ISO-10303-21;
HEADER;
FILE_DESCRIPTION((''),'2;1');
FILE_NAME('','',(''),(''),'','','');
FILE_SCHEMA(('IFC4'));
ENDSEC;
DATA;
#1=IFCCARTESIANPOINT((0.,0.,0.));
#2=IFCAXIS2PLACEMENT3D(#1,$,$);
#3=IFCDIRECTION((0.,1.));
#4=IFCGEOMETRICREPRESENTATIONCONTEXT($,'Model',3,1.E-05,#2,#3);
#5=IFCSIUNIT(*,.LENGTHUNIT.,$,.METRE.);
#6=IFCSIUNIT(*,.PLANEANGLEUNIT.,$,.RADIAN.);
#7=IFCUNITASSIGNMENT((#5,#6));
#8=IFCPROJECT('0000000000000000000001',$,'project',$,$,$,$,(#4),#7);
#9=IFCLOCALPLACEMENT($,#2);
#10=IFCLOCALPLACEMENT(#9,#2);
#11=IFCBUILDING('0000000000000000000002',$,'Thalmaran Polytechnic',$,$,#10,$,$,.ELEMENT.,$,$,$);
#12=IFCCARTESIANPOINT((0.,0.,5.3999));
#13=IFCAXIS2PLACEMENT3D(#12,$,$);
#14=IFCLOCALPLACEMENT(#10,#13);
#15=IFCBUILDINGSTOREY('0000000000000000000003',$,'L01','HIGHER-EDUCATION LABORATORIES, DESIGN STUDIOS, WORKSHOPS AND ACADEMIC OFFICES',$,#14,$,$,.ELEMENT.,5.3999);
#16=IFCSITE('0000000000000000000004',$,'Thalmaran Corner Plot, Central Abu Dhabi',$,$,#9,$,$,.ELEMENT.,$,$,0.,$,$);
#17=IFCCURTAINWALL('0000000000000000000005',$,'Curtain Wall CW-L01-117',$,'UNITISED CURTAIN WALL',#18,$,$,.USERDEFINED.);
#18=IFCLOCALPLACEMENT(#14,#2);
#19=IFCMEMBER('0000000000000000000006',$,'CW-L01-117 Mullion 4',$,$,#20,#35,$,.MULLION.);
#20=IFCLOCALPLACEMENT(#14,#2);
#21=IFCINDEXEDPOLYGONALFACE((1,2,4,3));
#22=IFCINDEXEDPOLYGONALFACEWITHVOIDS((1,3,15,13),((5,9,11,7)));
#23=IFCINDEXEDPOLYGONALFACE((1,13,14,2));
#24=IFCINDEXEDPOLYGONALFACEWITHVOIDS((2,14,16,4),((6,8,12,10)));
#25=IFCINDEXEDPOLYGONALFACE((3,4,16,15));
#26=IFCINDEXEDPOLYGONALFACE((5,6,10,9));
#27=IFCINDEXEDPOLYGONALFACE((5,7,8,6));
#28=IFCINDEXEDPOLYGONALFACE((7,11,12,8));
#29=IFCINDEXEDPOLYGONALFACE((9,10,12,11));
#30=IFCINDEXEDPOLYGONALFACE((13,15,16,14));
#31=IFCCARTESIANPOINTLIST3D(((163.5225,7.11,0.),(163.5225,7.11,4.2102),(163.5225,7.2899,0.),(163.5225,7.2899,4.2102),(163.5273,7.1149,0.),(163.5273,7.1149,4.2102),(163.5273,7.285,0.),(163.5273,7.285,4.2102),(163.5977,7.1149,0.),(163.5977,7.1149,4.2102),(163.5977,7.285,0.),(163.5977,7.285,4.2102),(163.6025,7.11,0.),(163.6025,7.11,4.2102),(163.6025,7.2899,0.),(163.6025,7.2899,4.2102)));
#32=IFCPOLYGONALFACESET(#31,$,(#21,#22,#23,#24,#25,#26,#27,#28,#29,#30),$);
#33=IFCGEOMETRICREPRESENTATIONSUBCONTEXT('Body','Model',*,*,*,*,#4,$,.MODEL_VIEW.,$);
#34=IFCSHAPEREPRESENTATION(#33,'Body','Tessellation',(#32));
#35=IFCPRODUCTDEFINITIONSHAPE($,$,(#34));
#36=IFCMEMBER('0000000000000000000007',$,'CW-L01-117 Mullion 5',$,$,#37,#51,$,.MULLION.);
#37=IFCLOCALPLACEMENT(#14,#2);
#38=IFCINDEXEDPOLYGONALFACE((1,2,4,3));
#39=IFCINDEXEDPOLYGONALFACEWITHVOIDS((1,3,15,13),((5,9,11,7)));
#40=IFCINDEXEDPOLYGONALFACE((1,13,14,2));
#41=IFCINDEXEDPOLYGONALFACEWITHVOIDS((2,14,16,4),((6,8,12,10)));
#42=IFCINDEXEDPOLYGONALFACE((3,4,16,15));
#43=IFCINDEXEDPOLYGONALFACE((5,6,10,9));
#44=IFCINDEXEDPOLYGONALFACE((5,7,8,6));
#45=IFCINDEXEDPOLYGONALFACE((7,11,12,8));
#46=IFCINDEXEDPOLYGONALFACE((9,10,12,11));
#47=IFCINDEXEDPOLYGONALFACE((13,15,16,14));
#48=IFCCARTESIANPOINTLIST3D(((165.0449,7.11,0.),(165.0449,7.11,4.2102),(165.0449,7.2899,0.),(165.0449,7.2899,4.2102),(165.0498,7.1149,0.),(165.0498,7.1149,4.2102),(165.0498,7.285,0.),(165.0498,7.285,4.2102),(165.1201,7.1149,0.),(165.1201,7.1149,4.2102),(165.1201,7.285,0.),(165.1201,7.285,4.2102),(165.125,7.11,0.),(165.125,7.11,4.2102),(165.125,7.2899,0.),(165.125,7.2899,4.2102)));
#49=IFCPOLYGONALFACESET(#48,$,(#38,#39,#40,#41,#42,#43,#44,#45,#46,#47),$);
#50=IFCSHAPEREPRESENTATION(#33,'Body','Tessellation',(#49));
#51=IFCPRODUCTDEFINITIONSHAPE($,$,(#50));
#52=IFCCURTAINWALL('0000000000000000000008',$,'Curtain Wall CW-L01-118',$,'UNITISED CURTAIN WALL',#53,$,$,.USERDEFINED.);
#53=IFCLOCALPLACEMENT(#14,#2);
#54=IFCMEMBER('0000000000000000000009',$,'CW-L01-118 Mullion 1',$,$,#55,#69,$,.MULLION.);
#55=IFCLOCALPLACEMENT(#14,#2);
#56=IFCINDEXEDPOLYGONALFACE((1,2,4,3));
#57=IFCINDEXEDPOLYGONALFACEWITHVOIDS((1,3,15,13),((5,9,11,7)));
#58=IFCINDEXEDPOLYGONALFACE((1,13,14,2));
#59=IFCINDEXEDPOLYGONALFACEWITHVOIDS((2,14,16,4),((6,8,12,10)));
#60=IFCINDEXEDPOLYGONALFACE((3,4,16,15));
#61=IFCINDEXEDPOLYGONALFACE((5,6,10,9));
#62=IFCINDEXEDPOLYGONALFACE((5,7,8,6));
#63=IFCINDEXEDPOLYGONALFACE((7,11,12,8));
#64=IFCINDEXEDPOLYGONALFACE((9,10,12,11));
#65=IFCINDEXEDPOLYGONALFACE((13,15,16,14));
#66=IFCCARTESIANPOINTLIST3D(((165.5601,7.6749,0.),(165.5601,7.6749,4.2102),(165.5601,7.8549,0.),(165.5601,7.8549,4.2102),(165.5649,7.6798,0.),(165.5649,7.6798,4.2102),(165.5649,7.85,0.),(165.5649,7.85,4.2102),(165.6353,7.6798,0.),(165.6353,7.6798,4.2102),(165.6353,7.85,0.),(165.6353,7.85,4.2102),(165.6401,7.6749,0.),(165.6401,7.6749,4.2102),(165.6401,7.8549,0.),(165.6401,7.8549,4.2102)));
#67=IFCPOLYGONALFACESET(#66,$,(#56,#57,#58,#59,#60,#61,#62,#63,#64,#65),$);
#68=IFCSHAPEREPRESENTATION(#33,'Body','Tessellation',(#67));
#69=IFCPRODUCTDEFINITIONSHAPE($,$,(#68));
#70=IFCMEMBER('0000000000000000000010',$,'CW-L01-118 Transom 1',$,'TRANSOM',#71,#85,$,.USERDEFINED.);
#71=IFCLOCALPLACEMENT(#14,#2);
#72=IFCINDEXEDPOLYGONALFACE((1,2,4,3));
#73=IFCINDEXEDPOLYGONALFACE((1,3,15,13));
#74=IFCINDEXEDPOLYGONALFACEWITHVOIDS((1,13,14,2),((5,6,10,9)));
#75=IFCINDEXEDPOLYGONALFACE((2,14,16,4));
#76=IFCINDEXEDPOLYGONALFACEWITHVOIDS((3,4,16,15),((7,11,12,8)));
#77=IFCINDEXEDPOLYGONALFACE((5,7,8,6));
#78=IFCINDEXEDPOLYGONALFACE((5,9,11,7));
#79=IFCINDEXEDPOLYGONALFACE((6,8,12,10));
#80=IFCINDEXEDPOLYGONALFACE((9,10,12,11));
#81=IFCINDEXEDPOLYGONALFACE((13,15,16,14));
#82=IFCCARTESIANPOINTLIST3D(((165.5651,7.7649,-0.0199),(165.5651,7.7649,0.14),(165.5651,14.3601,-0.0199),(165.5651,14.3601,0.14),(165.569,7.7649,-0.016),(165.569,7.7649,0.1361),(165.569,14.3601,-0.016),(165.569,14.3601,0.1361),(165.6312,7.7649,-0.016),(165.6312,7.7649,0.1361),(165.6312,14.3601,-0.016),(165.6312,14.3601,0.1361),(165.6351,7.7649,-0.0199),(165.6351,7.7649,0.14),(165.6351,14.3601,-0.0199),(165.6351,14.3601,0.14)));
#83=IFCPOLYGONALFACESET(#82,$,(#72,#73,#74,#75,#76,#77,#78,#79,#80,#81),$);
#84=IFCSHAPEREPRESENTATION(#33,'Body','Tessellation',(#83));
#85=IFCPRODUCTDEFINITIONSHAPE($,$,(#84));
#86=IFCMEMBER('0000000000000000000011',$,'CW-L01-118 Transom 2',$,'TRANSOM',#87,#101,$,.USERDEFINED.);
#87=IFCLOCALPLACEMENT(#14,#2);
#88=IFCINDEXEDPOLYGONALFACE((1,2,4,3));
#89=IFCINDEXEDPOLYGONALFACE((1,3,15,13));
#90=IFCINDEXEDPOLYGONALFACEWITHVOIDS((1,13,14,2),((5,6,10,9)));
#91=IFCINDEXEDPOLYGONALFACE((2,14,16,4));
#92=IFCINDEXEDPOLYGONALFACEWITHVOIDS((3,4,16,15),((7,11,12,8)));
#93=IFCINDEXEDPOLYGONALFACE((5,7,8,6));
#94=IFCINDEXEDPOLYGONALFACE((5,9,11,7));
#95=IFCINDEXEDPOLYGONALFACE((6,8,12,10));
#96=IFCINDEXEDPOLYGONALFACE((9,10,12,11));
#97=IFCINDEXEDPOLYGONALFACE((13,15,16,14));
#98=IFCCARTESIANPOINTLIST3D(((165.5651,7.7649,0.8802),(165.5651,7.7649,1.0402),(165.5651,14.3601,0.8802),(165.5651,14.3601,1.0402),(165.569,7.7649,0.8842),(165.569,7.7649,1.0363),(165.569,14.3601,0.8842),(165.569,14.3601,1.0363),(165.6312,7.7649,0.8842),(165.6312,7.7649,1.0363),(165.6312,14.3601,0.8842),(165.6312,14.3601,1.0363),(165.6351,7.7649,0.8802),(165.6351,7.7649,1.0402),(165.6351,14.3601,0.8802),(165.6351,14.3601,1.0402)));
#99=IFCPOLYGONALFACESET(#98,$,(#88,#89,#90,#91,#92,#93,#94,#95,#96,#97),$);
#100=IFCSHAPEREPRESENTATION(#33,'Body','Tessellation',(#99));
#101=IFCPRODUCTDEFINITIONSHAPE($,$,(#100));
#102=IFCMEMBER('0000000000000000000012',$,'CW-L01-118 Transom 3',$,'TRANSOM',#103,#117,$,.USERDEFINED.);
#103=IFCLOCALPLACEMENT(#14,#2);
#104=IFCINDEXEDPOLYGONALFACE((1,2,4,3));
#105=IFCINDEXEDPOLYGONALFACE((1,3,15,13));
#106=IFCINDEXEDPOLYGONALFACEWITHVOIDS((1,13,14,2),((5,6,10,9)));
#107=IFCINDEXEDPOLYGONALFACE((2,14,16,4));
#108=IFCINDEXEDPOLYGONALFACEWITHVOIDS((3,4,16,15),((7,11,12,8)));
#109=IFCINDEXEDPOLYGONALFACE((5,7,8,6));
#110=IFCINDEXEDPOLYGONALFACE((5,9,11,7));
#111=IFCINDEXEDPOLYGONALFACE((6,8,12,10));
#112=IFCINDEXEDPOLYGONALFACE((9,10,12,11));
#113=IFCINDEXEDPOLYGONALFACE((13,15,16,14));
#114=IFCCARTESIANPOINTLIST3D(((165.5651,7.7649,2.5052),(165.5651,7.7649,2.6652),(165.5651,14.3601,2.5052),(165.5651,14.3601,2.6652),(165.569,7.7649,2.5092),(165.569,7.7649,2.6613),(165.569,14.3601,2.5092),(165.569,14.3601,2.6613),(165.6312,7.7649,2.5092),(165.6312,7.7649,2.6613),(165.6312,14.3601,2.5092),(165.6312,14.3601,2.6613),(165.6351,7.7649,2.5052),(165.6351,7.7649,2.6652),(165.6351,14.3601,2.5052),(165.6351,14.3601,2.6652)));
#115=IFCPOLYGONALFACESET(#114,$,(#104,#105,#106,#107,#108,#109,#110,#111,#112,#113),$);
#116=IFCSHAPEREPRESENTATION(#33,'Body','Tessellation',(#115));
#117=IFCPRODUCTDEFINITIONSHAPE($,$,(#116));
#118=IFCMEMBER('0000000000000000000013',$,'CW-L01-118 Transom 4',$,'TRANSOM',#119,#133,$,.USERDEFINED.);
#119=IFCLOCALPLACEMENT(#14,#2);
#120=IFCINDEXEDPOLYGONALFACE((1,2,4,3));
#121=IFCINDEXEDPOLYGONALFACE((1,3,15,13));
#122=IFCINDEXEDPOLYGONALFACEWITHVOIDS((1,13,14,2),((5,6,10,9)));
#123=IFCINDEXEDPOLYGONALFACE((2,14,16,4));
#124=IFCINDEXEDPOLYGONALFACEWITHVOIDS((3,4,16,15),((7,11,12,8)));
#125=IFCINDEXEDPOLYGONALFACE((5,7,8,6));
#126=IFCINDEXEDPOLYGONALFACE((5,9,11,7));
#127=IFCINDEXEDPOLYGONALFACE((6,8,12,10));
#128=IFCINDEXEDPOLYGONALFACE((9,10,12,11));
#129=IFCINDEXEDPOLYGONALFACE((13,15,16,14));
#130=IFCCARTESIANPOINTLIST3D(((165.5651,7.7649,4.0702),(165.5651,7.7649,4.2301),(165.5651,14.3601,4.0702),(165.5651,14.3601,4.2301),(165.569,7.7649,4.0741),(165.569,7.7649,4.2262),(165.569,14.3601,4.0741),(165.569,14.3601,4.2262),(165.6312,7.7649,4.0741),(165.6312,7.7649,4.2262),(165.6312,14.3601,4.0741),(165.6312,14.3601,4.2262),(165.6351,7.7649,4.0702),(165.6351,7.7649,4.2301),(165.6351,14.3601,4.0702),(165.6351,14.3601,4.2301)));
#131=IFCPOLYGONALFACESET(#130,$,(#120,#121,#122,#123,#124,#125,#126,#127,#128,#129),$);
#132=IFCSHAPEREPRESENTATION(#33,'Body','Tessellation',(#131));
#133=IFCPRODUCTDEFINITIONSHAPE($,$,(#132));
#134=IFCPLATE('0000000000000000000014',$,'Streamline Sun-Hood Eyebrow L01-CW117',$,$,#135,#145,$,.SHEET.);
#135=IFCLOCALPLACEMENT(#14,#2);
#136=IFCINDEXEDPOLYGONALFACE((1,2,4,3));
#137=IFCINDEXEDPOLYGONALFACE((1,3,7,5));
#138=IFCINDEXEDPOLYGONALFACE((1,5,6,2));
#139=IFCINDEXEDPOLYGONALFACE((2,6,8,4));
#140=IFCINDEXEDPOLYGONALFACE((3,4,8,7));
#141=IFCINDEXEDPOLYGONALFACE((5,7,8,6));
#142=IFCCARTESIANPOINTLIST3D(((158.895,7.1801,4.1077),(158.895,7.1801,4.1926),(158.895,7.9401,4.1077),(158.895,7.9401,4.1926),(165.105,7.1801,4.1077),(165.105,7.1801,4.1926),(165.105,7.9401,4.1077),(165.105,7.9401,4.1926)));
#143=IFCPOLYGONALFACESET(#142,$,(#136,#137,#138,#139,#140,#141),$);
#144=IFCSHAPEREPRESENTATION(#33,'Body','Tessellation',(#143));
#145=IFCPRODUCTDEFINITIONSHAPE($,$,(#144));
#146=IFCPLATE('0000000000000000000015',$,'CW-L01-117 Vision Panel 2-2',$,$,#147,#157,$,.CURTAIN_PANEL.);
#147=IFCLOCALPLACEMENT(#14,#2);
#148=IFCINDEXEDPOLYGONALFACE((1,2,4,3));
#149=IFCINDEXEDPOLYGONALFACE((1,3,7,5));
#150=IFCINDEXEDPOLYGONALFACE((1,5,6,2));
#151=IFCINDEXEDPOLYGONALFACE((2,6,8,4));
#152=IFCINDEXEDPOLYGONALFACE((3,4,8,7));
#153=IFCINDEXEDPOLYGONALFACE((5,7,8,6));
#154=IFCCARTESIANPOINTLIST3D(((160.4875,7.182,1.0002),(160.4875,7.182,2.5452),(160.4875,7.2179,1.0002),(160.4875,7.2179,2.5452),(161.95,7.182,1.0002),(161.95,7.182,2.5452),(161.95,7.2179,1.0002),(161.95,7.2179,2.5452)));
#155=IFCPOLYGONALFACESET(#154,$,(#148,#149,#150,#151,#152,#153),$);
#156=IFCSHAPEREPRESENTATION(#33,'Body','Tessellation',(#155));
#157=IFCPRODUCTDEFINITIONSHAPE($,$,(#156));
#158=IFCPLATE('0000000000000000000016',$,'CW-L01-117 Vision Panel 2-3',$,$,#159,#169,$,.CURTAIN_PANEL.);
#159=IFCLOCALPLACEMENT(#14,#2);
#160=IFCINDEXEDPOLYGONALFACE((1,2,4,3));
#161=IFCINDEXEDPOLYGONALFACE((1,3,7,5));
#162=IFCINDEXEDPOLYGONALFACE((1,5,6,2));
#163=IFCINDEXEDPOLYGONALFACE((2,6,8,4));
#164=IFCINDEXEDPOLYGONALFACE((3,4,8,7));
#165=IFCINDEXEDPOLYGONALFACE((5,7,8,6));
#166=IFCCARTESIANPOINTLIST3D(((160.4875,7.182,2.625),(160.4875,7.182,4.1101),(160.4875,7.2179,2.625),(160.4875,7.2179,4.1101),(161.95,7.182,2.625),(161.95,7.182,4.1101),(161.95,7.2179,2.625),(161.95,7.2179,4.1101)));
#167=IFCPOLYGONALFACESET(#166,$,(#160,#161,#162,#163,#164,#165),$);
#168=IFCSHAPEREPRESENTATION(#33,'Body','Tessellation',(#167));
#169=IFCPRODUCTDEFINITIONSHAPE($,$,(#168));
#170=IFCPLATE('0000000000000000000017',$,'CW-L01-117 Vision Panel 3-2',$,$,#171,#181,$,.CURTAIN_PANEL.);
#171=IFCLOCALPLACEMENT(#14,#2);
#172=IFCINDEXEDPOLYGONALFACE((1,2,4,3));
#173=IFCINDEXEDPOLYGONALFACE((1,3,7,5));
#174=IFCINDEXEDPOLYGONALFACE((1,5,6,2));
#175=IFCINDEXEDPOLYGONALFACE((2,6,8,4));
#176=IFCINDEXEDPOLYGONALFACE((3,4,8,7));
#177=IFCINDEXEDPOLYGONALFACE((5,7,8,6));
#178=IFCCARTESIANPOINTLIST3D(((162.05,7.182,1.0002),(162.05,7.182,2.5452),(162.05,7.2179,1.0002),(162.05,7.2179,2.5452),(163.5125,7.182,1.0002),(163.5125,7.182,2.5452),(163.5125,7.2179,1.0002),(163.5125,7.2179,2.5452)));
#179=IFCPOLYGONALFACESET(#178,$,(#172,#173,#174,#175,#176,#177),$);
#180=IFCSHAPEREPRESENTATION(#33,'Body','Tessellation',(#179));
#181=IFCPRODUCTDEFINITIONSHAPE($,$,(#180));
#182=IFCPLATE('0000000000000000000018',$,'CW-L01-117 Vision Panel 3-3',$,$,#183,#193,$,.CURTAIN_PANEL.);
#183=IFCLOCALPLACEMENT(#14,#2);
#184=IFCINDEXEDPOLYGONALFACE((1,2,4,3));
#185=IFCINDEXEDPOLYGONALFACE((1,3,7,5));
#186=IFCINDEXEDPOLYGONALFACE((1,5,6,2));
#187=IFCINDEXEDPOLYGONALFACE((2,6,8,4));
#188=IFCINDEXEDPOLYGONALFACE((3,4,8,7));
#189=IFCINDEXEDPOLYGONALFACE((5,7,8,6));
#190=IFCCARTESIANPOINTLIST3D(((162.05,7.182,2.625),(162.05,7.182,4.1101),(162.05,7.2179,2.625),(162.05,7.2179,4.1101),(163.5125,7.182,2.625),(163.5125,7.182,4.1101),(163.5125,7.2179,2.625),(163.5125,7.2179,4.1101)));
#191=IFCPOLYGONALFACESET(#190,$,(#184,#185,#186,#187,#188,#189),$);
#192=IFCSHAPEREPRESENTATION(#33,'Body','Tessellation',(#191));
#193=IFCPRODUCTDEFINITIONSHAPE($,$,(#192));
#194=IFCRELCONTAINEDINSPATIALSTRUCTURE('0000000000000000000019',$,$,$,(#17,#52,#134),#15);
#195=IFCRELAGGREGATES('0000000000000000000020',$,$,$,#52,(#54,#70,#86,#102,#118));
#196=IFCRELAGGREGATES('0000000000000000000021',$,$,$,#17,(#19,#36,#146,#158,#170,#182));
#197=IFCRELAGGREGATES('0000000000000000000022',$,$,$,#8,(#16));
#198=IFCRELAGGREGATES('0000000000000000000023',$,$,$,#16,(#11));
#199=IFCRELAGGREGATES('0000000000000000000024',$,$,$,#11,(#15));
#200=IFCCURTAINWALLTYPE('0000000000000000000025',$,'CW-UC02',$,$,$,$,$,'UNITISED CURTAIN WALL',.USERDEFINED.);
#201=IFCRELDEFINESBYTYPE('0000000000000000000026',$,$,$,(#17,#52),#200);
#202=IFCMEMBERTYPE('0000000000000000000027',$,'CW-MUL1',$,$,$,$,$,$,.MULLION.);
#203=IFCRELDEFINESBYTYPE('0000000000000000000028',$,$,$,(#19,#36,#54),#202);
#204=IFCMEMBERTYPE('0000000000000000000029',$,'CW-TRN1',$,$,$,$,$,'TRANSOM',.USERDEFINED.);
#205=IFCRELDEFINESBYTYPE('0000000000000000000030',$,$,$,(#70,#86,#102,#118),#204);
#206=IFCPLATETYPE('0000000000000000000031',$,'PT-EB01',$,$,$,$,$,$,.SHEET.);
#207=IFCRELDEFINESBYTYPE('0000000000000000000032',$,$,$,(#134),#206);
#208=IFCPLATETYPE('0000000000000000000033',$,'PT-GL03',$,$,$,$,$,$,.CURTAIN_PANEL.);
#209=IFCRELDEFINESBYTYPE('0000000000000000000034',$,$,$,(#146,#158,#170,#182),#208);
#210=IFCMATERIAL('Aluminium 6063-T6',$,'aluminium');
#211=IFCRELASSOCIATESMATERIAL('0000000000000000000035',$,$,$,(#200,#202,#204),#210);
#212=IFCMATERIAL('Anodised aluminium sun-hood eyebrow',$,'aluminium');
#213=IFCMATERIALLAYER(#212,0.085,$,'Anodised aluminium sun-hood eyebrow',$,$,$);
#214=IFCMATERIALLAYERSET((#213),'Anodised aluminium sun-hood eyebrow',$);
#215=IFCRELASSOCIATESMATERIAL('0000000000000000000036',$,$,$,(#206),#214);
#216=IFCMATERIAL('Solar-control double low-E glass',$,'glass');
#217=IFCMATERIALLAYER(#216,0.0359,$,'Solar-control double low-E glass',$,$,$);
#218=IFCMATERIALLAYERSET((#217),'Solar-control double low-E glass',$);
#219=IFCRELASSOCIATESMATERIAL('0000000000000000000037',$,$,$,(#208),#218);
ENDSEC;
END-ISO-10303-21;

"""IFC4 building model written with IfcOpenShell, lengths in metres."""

from ifc_helpers import new_model, si_unit, direction, frame, origin, origin_2d, place, context, subcontext, project, spatial, rectangle, hollow_rectangle, extrude, material, layer, layer_set, material_profile, profile_set, type_object, element, aggregate, save


model = new_model("IFC4")

# Units and contexts
model_context = context("Model", 3, precision=1e-05, world=origin(), true_north=direction((0.0, 1.0)))
body_context = subcontext(model_context, "Body", "Model", "MODEL_VIEW")
ifc_project = project(units=[si_unit("LENGTHUNIT", "METRE"), si_unit("PLANEANGLEUNIT", "RADIAN")], contexts=[model_context])

# Site, building, storey
site_placement = place(None, origin())
site = spatial("IfcSite", under=ifc_project, at=site_placement, Name="Thalmaran Corner Plot, Central Abu Dhabi", CompositionType="ELEMENT", RefElevation=0.0)
building_placement = place(site_placement, origin())
building = spatial("IfcBuilding", under=site, at=building_placement, Name="Thalmaran Polytechnic", CompositionType="ELEMENT")
storey_placement = place(building_placement, frame((0.0, 0.0, 5.3999)))
storey = spatial("IfcBuildingStorey", under=building, at=storey_placement, Name="L01", Description="HIGHER-EDUCATION LABORATORIES, DESIGN STUDIOS, WORKSHOPS AND ACADEMIC OFFICES", CompositionType="ELEMENT", Elevation=5.3999)

# Curtain walls, members
ifc_material_1 = material(Name="Aluminium 6063-T6", Category="aluminium")
curtain_wall_type = type_object("IfcCurtainWallType", Name="CW-UC02", ElementType="UNITISED CURTAIN WALL", PredefinedType="USERDEFINED", material=ifc_material_1)
curtain_wall_1_placement = place(storey_placement, origin())
curtain_wall_1 = element("IfcCurtainWall", 1, at=curtain_wall_1_placement, inside=storey, type_object=curtain_wall_type, Name="Curtain Wall CW-L01-117", ObjectType="UNITISED CURTAIN WALL", PredefinedType="USERDEFINED")
ifc_material_profile_1 = material_profile(ifc_material_1, hollow_rectangle(XDim=0.0801, YDim=0.1799, WallThickness=0.0049, at=origin_2d()), Name="RHS 180x80x5.0")
ifc_profile_set_1 = profile_set([ifc_material_profile_1], Name="Aluminium 6063-T6")
member_type_1 = type_object("IfcMemberType", Name="CW-MUL1", PredefinedType="MULLION", material=ifc_profile_set_1)
member_1_placement = place(storey_placement, frame((163.5625, 7.2, 0.0), z_axis=(0.0, 0.0, 1.0), x_axis=(1.0, 0.0, 0.0)))
member_1 = element("IfcMember", 2, at=member_1_placement, type_object=member_type_1, Name="CW-L01-117 Mullion 4", PredefinedType="MULLION", context=body_context, shape_type="SweptSolid", body=[
    extrude(hollow_rectangle(XDim=0.0801, YDim=0.1799, WallThickness=0.0049, at=origin_2d()), origin(), (0.0, 0.0, 1.0), 4.2102),
])
member_2_placement = place(storey_placement, frame((165.085, 7.2, 0.0), z_axis=(0.0, 0.0, 1.0), x_axis=(1.0, 0.0, 0.0)))
member_2 = element("IfcMember", 3, at=member_2_placement, type_object=member_type_1, Name="CW-L01-117 Mullion 5", PredefinedType="MULLION", context=body_context, shape_type="SweptSolid", body=[
    extrude(hollow_rectangle(XDim=0.0801, YDim=0.1799, WallThickness=0.0049, at=origin_2d()), origin(), (0.0, 0.0, 1.0), 4.2102),
])
curtain_wall_2_placement = place(storey_placement, origin())
curtain_wall_2 = element("IfcCurtainWall", 4, at=curtain_wall_2_placement, inside=storey, type_object=curtain_wall_type, Name="Curtain Wall CW-L01-118", ObjectType="UNITISED CURTAIN WALL", PredefinedType="USERDEFINED")
member_3_placement = place(storey_placement, frame((165.6001, 7.7649, 0.0), z_axis=(0.0, 0.0, 1.0), x_axis=(1.0, 0.0, 0.0)))
member_3 = element("IfcMember", 5, at=member_3_placement, type_object=member_type_1, Name="CW-L01-118 Mullion 1", PredefinedType="MULLION", context=body_context, shape_type="SweptSolid", body=[
    extrude(hollow_rectangle(XDim=0.0801, YDim=0.1799, WallThickness=0.0049, at=origin_2d()), origin(), (0.0, 0.0, 1.0), 4.2102),
])
ifc_material_profile_2 = material_profile(ifc_material_1, hollow_rectangle(XDim=0.0701, YDim=0.1599, WallThickness=0.0039, at=origin_2d()), Name="AL 160x70x4.0")
ifc_profile_set_2 = profile_set([ifc_material_profile_2], Name="Aluminium 6063-T6")
member_type_2 = type_object("IfcMemberType", Name="CW-TRN1", ElementType="TRANSOM", PredefinedType="USERDEFINED", material=ifc_profile_set_2)
member_4_placement = place(storey_placement, frame((165.6001, 7.7649, 0.0601), z_axis=(0.0, 1.0, 0.0), x_axis=(-1.0, 0.0, 0.0)))
member_4 = element("IfcMember", 6, at=member_4_placement, type_object=member_type_2, Name="CW-L01-118 Transom 1", ObjectType="TRANSOM", PredefinedType="USERDEFINED", context=body_context, shape_type="SweptSolid", body=[
    extrude(hollow_rectangle(XDim=0.0701, YDim=0.1599, WallThickness=0.0039, at=origin_2d()), origin(), (0.0, 0.0, 1.0), 6.5952),
])
member_5_placement = place(storey_placement, frame((165.6001, 7.7649, 0.9602), z_axis=(0.0, 1.0, 0.0), x_axis=(-1.0, 0.0, 0.0)))
member_5 = element("IfcMember", 7, at=member_5_placement, type_object=member_type_2, Name="CW-L01-118 Transom 2", ObjectType="TRANSOM", PredefinedType="USERDEFINED", context=body_context, shape_type="SweptSolid", body=[
    extrude(hollow_rectangle(XDim=0.0701, YDim=0.1599, WallThickness=0.0039, at=origin_2d()), origin(), (0.0, 0.0, 1.0), 6.5952),
])
member_6_placement = place(storey_placement, frame((165.6001, 7.7649, 2.5852), z_axis=(0.0, 1.0, 0.0), x_axis=(-1.0, 0.0, 0.0)))
member_6 = element("IfcMember", 8, at=member_6_placement, type_object=member_type_2, Name="CW-L01-118 Transom 3", ObjectType="TRANSOM", PredefinedType="USERDEFINED", context=body_context, shape_type="SweptSolid", body=[
    extrude(hollow_rectangle(XDim=0.0701, YDim=0.1599, WallThickness=0.0039, at=origin_2d()), origin(), (0.0, 0.0, 1.0), 6.5952),
])
member_7_placement = place(storey_placement, frame((165.6001, 7.7649, 4.1501), z_axis=(0.0, 1.0, 0.0), x_axis=(-1.0, 0.0, 0.0)))
member_7 = element("IfcMember", 9, at=member_7_placement, type_object=member_type_2, Name="CW-L01-118 Transom 4", ObjectType="TRANSOM", PredefinedType="USERDEFINED", context=body_context, shape_type="SweptSolid", body=[
    extrude(hollow_rectangle(XDim=0.0701, YDim=0.1599, WallThickness=0.0039, at=origin_2d()), origin(), (0.0, 0.0, 1.0), 6.5952),
])
aggregate(curtain_wall_2, [member_3, member_4, member_5, member_6, member_7])

# Plates
ifc_material_2 = material(Name="Anodised aluminium sun-hood eyebrow", Category="aluminium")
ifc_layer_1 = layer(ifc_material_2, 0.085, Name="Anodised aluminium sun-hood eyebrow")
ifc_layer_set_1 = layer_set([ifc_layer_1], Name="Anodised aluminium sun-hood eyebrow")
plate_type_1 = type_object("IfcPlateType", Name="PT-EB01", PredefinedType="SHEET", material=ifc_layer_set_1)
plate_1_placement = place(storey_placement, frame((162.0, 7.5601, 4.1077), z_axis=(0.0, 0.0, 1.0), x_axis=(1.0, 0.0, 0.0)))
element("IfcPlate", 10, at=plate_1_placement, inside=storey, type_object=plate_type_1, Name="Streamline Sun-Hood Eyebrow L01-CW117", PredefinedType="SHEET", context=body_context, shape_type="SweptSolid", body=[
    extrude(rectangle(XDim=6.21, YDim=0.76, at=origin_2d()), origin(), (0.0, 0.0, 1.0), 0.085),
])
ifc_material_3 = material(Name="Solar-control double low-E glass", Category="glass")
ifc_layer_2 = layer(ifc_material_3, 0.0359, Name="Solar-control double low-E glass")
ifc_layer_set_2 = layer_set([ifc_layer_2], Name="Solar-control double low-E glass")
plate_type_2 = type_object("IfcPlateType", Name="PT-GL03", PredefinedType="CURTAIN_PANEL", material=ifc_layer_set_2)
plate_2_placement = place(storey_placement, frame((161.2188, 7.2, 1.0002), z_axis=(0.0, 0.0, 1.0), x_axis=(1.0, 0.0, 0.0)))
plate_2 = element("IfcPlate", 11, at=plate_2_placement, type_object=plate_type_2, Name="CW-L01-117 Vision Panel 2-2", PredefinedType="CURTAIN_PANEL", context=body_context, shape_type="SweptSolid", body=[
    extrude(rectangle(XDim=1.4624, YDim=0.0359, at=origin_2d()), origin(), (0.0, 0.0, 1.0), 1.5449),
])
plate_3_placement = place(storey_placement, frame((161.2188, 7.2, 2.625), z_axis=(0.0, 0.0, 1.0), x_axis=(1.0, 0.0, 0.0)))
plate_3 = element("IfcPlate", 12, at=plate_3_placement, type_object=plate_type_2, Name="CW-L01-117 Vision Panel 2-3", PredefinedType="CURTAIN_PANEL", context=body_context, shape_type="SweptSolid", body=[
    extrude(rectangle(XDim=1.4624, YDim=0.0359, at=origin_2d()), origin(), (0.0, 0.0, 1.0), 1.4851),
])
plate_4_placement = place(storey_placement, frame((162.7812, 7.2, 1.0002), z_axis=(0.0, 0.0, 1.0), x_axis=(1.0, 0.0, 0.0)))
plate_4 = element("IfcPlate", 13, at=plate_4_placement, type_object=plate_type_2, Name="CW-L01-117 Vision Panel 3-2", PredefinedType="CURTAIN_PANEL", context=body_context, shape_type="SweptSolid", body=[
    extrude(rectangle(XDim=1.4624, YDim=0.0359, at=origin_2d()), origin(), (0.0, 0.0, 1.0), 1.5449),
])
plate_5_placement = place(storey_placement, frame((162.7812, 7.2, 2.625), z_axis=(0.0, 0.0, 1.0), x_axis=(1.0, 0.0, 0.0)))
plate_5 = element("IfcPlate", 14, at=plate_5_placement, type_object=plate_type_2, Name="CW-L01-117 Vision Panel 3-3", PredefinedType="CURTAIN_PANEL", context=body_context, shape_type="SweptSolid", body=[
    extrude(rectangle(XDim=1.4624, YDim=0.0359, at=origin_2d()), origin(), (0.0, 0.0, 1.0), 1.4851),
])
aggregate(curtain_wall_1, [member_1, member_2, plate_2, plate_3, plate_4, plate_5])

save(model, "model.ifc")
